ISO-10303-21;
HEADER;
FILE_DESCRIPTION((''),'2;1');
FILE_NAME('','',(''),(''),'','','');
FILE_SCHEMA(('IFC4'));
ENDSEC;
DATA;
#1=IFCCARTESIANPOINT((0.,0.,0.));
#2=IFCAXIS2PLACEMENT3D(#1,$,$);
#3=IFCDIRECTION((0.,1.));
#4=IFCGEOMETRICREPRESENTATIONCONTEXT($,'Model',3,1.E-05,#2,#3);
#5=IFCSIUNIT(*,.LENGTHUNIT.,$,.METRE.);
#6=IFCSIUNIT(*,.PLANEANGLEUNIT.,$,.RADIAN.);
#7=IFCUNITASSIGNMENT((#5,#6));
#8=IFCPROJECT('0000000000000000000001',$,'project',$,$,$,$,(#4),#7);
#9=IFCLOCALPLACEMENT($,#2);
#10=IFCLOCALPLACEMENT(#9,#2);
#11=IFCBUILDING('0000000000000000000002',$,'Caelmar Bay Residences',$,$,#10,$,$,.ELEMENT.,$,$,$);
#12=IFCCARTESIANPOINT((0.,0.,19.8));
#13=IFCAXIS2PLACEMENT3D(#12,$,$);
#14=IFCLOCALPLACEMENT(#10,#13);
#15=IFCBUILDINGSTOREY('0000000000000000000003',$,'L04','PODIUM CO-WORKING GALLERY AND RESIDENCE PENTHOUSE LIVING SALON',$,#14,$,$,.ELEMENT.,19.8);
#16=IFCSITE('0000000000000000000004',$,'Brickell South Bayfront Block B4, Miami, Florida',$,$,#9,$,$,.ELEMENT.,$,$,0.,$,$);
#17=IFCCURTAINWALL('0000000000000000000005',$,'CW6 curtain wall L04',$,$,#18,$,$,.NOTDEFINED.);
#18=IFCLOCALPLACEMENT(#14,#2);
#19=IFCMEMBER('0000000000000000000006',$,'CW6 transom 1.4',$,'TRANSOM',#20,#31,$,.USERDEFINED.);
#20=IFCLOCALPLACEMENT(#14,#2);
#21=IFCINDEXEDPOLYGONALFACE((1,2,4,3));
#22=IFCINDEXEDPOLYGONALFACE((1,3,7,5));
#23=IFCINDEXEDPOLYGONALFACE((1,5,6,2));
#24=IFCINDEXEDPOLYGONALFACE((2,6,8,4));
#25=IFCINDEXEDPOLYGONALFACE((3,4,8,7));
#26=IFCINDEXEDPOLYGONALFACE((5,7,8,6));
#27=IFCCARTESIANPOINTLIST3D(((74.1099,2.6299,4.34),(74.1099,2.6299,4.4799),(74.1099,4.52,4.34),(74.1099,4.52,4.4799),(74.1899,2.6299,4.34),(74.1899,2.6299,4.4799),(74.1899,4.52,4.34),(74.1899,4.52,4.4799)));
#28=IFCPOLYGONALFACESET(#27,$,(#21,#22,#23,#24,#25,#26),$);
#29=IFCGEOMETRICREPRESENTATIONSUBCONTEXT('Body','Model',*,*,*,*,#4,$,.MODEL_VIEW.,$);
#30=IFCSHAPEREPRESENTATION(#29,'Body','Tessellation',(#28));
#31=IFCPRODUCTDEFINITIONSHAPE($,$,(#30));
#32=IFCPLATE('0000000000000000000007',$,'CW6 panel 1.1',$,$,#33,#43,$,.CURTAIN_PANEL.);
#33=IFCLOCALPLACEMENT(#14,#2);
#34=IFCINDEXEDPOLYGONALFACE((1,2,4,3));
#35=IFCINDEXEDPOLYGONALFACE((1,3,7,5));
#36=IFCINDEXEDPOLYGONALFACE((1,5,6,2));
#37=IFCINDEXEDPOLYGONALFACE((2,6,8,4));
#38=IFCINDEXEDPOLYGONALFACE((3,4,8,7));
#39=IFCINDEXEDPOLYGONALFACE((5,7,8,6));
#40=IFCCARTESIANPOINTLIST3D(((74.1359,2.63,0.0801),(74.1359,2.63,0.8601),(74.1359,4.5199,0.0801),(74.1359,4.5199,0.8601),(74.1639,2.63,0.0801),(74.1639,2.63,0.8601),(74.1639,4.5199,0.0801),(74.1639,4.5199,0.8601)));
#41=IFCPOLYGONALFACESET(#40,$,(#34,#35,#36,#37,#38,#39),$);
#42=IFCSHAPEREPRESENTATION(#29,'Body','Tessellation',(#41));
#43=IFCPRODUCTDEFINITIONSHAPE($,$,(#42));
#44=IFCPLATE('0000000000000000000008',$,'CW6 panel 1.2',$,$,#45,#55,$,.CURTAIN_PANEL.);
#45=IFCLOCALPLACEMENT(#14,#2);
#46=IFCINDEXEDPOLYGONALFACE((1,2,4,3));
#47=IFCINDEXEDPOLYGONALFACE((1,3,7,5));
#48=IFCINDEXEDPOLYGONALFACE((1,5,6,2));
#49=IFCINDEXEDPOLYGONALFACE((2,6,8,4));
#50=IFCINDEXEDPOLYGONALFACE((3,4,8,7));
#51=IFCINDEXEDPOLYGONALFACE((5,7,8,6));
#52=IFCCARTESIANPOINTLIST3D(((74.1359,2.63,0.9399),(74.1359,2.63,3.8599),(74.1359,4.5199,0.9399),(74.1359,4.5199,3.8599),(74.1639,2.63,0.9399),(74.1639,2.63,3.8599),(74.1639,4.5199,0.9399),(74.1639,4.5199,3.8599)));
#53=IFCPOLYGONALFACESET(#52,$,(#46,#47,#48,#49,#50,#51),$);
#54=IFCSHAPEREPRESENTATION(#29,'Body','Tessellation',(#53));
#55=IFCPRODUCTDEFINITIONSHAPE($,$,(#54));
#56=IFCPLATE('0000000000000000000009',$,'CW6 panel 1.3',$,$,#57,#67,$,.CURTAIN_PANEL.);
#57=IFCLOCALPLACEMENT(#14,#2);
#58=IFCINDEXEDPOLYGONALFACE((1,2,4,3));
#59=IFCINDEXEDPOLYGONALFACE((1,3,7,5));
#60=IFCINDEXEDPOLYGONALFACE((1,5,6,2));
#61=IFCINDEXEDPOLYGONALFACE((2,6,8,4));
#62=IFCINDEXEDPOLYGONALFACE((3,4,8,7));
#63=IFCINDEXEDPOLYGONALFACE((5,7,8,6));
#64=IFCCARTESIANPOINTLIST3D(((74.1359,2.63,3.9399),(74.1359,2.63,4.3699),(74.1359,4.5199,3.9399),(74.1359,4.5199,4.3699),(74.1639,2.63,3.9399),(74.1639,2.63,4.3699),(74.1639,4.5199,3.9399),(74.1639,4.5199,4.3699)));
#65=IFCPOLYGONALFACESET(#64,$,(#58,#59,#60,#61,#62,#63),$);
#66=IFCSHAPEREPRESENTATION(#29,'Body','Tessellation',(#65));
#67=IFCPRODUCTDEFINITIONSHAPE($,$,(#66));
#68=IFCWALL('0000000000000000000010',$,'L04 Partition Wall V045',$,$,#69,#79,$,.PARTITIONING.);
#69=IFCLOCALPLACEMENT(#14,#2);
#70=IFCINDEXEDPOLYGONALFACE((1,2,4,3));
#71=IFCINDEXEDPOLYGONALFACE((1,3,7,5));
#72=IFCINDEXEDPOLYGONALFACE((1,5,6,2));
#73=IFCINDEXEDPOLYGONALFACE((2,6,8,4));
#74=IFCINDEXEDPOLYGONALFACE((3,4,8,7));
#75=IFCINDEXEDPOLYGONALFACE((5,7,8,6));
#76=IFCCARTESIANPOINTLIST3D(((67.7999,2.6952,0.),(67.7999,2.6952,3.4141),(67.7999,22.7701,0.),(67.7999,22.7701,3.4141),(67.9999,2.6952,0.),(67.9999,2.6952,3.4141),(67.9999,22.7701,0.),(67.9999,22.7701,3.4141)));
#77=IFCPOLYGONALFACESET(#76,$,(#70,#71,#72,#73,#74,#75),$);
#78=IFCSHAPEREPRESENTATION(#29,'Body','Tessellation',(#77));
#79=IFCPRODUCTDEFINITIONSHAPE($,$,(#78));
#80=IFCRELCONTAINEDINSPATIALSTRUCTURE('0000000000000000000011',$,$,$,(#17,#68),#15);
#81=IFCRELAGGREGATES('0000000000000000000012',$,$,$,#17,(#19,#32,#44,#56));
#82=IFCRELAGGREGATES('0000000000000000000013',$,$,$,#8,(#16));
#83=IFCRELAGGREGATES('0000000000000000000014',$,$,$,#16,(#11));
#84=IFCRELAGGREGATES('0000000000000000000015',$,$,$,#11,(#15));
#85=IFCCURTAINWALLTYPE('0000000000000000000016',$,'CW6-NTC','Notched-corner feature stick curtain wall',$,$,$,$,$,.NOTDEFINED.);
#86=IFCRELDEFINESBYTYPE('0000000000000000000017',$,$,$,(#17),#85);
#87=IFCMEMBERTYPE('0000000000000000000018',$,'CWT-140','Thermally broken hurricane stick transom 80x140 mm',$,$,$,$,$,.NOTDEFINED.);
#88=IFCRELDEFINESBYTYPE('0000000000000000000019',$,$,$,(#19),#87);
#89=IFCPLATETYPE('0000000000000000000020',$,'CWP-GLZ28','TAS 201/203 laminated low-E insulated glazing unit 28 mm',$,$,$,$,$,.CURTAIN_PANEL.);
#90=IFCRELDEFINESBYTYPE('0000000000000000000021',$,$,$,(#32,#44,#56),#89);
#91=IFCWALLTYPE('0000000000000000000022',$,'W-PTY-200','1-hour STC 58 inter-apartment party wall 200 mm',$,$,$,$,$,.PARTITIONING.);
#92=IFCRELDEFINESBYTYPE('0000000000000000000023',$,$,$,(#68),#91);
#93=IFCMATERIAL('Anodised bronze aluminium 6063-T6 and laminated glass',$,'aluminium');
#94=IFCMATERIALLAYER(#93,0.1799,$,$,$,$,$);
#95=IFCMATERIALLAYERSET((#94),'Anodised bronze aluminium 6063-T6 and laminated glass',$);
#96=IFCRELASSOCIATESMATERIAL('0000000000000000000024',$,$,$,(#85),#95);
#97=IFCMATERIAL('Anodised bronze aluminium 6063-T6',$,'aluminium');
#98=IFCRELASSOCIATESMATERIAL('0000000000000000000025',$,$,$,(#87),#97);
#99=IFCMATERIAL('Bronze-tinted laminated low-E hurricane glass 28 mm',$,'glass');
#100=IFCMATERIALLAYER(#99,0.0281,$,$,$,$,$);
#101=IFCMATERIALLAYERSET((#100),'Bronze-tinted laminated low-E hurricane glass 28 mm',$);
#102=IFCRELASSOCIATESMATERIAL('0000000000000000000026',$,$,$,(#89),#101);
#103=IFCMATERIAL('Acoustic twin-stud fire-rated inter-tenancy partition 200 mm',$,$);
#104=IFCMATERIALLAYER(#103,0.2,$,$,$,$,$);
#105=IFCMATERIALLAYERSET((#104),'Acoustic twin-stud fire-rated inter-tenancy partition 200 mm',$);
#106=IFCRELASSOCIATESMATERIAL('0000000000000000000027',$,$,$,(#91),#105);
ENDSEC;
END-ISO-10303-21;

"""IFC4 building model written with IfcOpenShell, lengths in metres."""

from ifc_helpers import new_model, si_unit, direction, frame, frame_2d, origin, origin_2d, place, context, subcontext, project, spatial, rectangle, extrude, material, layer, layer_set, material_profile, profile_set, type_object, element, aggregate, save


model = new_model("IFC4")

# Units and contexts
model_context = context("Model", 3, precision=1e-05, world=origin(), true_north=direction((0.0, 1.0)))
body_context = subcontext(model_context, "Body", "Model", "MODEL_VIEW")
ifc_project = project(units=[si_unit("LENGTHUNIT", "METRE"), si_unit("PLANEANGLEUNIT", "RADIAN")], contexts=[model_context])

# Site, building, storey
site_placement = place(None, origin())
site = spatial("IfcSite", under=ifc_project, at=site_placement, Name="Brickell South Bayfront Block B4, Miami, Florida", CompositionType="ELEMENT", RefElevation=0.0)
building_placement = place(site_placement, origin())
building = spatial("IfcBuilding", under=site, at=building_placement, Name="Caelmar Bay Residences", CompositionType="ELEMENT")
storey_placement = place(building_placement, frame((0.0, 0.0, 19.8)))
storey = spatial("IfcBuildingStorey", under=building, at=storey_placement, Name="L04", Description="PODIUM CO-WORKING GALLERY AND RESIDENCE PENTHOUSE LIVING SALON", CompositionType="ELEMENT", Elevation=19.8)

# Curtain wall, member, plates
ifc_material_1 = material(Name="Anodised bronze aluminium 6063-T6 and laminated glass", Category="aluminium")
ifc_layer_1 = layer(ifc_material_1, 0.1799)
ifc_layer_set_1 = layer_set([ifc_layer_1], Name="Anodised bronze aluminium 6063-T6 and laminated glass")
curtain_wall_type = type_object("IfcCurtainWallType", Name="CW6-NTC", Description="Notched-corner feature stick curtain wall", PredefinedType="NOTDEFINED", material=ifc_layer_set_1)
curtain_wall_placement = place(storey_placement, origin())
curtain_wall = element("IfcCurtainWall", 1, at=curtain_wall_placement, inside=storey, type_object=curtain_wall_type, Name="CW6 curtain wall L04", PredefinedType="NOTDEFINED")
ifc_material_2 = material(Name="Anodised bronze aluminium 6063-T6", Category="aluminium")
ifc_material_profile_1 = material_profile(ifc_material_2, rectangle(XDim=0.0801, YDim=0.1399, at=origin_2d()), Name="CWT-80X140")
ifc_profile_set_1 = profile_set([ifc_material_profile_1], Name="Anodised bronze aluminium 6063-T6")
member_type_1 = type_object("IfcMemberType", Name="CWT-140", Description="Thermally broken hurricane stick transom 80x140 mm", PredefinedType="NOTDEFINED", material=ifc_profile_set_1)
member_1_placement = place(storey_placement, frame((74.1499, 2.6299, 4.4099), z_axis=(0.0, 1.0, 0.0), x_axis=(-1.0, 0.0, 0.0)))
member_1 = element("IfcMember", 2, at=member_1_placement, type_object=member_type_1, Name="CW6 transom 1.4", ObjectType="TRANSOM", PredefinedType="USERDEFINED", context=body_context, shape_type="SweptSolid", body=[
    extrude(rectangle(XDim=0.0801, YDim=0.1399, at=origin_2d()), origin(), (0.0, 0.0, 1.0), 1.8901),
])
ifc_material_3 = material(Name="Bronze-tinted laminated low-E hurricane glass 28 mm", Category="glass")
ifc_layer_2 = layer(ifc_material_3, 0.0281)
ifc_layer_set_2 = layer_set([ifc_layer_2], Name="Bronze-tinted laminated low-E hurricane glass 28 mm")
plate_type = type_object("IfcPlateType", Name="CWP-GLZ28", Description="TAS 201/203 laminated low-E insulated glazing unit 28 mm", PredefinedType="CURTAIN_PANEL", material=ifc_layer_set_2)
plate_1_placement = place(storey_placement, frame((74.1499, 3.575, 0.0801), z_axis=(0.0, 0.0, 1.0), x_axis=(0.0, 1.0, 0.0)))
plate_1 = element("IfcPlate", 3, at=plate_1_placement, type_object=plate_type, Name="CW6 panel 1.1", PredefinedType="CURTAIN_PANEL", context=body_context, shape_type="SweptSolid", body=[
    extrude(rectangle(XDim=1.8899, YDim=0.0281, at=origin_2d()), origin(), (0.0, 0.0, 1.0), 0.78),
])
plate_2_placement = place(storey_placement, frame((74.1499, 3.575, 0.9399), z_axis=(0.0, 0.0, 1.0), x_axis=(0.0, 1.0, 0.0)))
plate_2 = element("IfcPlate", 4, at=plate_2_placement, type_object=plate_type, Name="CW6 panel 1.2", PredefinedType="CURTAIN_PANEL", context=body_context, shape_type="SweptSolid", body=[
    extrude(rectangle(XDim=1.8899, YDim=0.0281, at=origin_2d()), origin(), (0.0, 0.0, 1.0), 2.9199),
])
plate_3_placement = place(storey_placement, frame((74.1499, 3.575, 3.9399), z_axis=(0.0, 0.0, 1.0), x_axis=(0.0, 1.0, 0.0)))
plate_3 = element("IfcPlate", 5, at=plate_3_placement, type_object=plate_type, Name="CW6 panel 1.3", PredefinedType="CURTAIN_PANEL", context=body_context, shape_type="SweptSolid", body=[
    extrude(rectangle(XDim=1.8899, YDim=0.0281, at=origin_2d()), origin(), (0.0, 0.0, 1.0), 0.4299),
])
aggregate(curtain_wall, [member_1, plate_1, plate_2, plate_3])

# Wall
ifc_material_4 = material(Name="Acoustic twin-stud fire-rated inter-tenancy partition 200 mm")
ifc_layer_3 = layer(ifc_material_4, 0.2)
ifc_layer_set_3 = layer_set([ifc_layer_3], Name="Acoustic twin-stud fire-rated inter-tenancy partition 200 mm")
wall_type_1 = type_object("IfcWallType", Name="W-PTY-200", Description="1-hour STC 58 inter-apartment party wall 200 mm", PredefinedType="PARTITIONING", material=ifc_layer_set_3)
wall_1_placement = place(storey_placement, frame((67.8999, 2.6951, 0.0), z_axis=(0.0, 0.0, 1.0), x_axis=(0.0, 1.0, 0.0)))
element("IfcWall", 6, at=wall_1_placement, inside=storey, type_object=wall_type_1, Name="L04 Partition Wall V045", PredefinedType="PARTITIONING", context=body_context, shape_type="SweptSolid", body=[
    extrude(rectangle(XDim=20.075, YDim=0.2, at=frame_2d((10.0376, 0.0))), origin(), (0.0, 0.0, 1.0), 3.4141),
])

save(model, "model.ifc")
